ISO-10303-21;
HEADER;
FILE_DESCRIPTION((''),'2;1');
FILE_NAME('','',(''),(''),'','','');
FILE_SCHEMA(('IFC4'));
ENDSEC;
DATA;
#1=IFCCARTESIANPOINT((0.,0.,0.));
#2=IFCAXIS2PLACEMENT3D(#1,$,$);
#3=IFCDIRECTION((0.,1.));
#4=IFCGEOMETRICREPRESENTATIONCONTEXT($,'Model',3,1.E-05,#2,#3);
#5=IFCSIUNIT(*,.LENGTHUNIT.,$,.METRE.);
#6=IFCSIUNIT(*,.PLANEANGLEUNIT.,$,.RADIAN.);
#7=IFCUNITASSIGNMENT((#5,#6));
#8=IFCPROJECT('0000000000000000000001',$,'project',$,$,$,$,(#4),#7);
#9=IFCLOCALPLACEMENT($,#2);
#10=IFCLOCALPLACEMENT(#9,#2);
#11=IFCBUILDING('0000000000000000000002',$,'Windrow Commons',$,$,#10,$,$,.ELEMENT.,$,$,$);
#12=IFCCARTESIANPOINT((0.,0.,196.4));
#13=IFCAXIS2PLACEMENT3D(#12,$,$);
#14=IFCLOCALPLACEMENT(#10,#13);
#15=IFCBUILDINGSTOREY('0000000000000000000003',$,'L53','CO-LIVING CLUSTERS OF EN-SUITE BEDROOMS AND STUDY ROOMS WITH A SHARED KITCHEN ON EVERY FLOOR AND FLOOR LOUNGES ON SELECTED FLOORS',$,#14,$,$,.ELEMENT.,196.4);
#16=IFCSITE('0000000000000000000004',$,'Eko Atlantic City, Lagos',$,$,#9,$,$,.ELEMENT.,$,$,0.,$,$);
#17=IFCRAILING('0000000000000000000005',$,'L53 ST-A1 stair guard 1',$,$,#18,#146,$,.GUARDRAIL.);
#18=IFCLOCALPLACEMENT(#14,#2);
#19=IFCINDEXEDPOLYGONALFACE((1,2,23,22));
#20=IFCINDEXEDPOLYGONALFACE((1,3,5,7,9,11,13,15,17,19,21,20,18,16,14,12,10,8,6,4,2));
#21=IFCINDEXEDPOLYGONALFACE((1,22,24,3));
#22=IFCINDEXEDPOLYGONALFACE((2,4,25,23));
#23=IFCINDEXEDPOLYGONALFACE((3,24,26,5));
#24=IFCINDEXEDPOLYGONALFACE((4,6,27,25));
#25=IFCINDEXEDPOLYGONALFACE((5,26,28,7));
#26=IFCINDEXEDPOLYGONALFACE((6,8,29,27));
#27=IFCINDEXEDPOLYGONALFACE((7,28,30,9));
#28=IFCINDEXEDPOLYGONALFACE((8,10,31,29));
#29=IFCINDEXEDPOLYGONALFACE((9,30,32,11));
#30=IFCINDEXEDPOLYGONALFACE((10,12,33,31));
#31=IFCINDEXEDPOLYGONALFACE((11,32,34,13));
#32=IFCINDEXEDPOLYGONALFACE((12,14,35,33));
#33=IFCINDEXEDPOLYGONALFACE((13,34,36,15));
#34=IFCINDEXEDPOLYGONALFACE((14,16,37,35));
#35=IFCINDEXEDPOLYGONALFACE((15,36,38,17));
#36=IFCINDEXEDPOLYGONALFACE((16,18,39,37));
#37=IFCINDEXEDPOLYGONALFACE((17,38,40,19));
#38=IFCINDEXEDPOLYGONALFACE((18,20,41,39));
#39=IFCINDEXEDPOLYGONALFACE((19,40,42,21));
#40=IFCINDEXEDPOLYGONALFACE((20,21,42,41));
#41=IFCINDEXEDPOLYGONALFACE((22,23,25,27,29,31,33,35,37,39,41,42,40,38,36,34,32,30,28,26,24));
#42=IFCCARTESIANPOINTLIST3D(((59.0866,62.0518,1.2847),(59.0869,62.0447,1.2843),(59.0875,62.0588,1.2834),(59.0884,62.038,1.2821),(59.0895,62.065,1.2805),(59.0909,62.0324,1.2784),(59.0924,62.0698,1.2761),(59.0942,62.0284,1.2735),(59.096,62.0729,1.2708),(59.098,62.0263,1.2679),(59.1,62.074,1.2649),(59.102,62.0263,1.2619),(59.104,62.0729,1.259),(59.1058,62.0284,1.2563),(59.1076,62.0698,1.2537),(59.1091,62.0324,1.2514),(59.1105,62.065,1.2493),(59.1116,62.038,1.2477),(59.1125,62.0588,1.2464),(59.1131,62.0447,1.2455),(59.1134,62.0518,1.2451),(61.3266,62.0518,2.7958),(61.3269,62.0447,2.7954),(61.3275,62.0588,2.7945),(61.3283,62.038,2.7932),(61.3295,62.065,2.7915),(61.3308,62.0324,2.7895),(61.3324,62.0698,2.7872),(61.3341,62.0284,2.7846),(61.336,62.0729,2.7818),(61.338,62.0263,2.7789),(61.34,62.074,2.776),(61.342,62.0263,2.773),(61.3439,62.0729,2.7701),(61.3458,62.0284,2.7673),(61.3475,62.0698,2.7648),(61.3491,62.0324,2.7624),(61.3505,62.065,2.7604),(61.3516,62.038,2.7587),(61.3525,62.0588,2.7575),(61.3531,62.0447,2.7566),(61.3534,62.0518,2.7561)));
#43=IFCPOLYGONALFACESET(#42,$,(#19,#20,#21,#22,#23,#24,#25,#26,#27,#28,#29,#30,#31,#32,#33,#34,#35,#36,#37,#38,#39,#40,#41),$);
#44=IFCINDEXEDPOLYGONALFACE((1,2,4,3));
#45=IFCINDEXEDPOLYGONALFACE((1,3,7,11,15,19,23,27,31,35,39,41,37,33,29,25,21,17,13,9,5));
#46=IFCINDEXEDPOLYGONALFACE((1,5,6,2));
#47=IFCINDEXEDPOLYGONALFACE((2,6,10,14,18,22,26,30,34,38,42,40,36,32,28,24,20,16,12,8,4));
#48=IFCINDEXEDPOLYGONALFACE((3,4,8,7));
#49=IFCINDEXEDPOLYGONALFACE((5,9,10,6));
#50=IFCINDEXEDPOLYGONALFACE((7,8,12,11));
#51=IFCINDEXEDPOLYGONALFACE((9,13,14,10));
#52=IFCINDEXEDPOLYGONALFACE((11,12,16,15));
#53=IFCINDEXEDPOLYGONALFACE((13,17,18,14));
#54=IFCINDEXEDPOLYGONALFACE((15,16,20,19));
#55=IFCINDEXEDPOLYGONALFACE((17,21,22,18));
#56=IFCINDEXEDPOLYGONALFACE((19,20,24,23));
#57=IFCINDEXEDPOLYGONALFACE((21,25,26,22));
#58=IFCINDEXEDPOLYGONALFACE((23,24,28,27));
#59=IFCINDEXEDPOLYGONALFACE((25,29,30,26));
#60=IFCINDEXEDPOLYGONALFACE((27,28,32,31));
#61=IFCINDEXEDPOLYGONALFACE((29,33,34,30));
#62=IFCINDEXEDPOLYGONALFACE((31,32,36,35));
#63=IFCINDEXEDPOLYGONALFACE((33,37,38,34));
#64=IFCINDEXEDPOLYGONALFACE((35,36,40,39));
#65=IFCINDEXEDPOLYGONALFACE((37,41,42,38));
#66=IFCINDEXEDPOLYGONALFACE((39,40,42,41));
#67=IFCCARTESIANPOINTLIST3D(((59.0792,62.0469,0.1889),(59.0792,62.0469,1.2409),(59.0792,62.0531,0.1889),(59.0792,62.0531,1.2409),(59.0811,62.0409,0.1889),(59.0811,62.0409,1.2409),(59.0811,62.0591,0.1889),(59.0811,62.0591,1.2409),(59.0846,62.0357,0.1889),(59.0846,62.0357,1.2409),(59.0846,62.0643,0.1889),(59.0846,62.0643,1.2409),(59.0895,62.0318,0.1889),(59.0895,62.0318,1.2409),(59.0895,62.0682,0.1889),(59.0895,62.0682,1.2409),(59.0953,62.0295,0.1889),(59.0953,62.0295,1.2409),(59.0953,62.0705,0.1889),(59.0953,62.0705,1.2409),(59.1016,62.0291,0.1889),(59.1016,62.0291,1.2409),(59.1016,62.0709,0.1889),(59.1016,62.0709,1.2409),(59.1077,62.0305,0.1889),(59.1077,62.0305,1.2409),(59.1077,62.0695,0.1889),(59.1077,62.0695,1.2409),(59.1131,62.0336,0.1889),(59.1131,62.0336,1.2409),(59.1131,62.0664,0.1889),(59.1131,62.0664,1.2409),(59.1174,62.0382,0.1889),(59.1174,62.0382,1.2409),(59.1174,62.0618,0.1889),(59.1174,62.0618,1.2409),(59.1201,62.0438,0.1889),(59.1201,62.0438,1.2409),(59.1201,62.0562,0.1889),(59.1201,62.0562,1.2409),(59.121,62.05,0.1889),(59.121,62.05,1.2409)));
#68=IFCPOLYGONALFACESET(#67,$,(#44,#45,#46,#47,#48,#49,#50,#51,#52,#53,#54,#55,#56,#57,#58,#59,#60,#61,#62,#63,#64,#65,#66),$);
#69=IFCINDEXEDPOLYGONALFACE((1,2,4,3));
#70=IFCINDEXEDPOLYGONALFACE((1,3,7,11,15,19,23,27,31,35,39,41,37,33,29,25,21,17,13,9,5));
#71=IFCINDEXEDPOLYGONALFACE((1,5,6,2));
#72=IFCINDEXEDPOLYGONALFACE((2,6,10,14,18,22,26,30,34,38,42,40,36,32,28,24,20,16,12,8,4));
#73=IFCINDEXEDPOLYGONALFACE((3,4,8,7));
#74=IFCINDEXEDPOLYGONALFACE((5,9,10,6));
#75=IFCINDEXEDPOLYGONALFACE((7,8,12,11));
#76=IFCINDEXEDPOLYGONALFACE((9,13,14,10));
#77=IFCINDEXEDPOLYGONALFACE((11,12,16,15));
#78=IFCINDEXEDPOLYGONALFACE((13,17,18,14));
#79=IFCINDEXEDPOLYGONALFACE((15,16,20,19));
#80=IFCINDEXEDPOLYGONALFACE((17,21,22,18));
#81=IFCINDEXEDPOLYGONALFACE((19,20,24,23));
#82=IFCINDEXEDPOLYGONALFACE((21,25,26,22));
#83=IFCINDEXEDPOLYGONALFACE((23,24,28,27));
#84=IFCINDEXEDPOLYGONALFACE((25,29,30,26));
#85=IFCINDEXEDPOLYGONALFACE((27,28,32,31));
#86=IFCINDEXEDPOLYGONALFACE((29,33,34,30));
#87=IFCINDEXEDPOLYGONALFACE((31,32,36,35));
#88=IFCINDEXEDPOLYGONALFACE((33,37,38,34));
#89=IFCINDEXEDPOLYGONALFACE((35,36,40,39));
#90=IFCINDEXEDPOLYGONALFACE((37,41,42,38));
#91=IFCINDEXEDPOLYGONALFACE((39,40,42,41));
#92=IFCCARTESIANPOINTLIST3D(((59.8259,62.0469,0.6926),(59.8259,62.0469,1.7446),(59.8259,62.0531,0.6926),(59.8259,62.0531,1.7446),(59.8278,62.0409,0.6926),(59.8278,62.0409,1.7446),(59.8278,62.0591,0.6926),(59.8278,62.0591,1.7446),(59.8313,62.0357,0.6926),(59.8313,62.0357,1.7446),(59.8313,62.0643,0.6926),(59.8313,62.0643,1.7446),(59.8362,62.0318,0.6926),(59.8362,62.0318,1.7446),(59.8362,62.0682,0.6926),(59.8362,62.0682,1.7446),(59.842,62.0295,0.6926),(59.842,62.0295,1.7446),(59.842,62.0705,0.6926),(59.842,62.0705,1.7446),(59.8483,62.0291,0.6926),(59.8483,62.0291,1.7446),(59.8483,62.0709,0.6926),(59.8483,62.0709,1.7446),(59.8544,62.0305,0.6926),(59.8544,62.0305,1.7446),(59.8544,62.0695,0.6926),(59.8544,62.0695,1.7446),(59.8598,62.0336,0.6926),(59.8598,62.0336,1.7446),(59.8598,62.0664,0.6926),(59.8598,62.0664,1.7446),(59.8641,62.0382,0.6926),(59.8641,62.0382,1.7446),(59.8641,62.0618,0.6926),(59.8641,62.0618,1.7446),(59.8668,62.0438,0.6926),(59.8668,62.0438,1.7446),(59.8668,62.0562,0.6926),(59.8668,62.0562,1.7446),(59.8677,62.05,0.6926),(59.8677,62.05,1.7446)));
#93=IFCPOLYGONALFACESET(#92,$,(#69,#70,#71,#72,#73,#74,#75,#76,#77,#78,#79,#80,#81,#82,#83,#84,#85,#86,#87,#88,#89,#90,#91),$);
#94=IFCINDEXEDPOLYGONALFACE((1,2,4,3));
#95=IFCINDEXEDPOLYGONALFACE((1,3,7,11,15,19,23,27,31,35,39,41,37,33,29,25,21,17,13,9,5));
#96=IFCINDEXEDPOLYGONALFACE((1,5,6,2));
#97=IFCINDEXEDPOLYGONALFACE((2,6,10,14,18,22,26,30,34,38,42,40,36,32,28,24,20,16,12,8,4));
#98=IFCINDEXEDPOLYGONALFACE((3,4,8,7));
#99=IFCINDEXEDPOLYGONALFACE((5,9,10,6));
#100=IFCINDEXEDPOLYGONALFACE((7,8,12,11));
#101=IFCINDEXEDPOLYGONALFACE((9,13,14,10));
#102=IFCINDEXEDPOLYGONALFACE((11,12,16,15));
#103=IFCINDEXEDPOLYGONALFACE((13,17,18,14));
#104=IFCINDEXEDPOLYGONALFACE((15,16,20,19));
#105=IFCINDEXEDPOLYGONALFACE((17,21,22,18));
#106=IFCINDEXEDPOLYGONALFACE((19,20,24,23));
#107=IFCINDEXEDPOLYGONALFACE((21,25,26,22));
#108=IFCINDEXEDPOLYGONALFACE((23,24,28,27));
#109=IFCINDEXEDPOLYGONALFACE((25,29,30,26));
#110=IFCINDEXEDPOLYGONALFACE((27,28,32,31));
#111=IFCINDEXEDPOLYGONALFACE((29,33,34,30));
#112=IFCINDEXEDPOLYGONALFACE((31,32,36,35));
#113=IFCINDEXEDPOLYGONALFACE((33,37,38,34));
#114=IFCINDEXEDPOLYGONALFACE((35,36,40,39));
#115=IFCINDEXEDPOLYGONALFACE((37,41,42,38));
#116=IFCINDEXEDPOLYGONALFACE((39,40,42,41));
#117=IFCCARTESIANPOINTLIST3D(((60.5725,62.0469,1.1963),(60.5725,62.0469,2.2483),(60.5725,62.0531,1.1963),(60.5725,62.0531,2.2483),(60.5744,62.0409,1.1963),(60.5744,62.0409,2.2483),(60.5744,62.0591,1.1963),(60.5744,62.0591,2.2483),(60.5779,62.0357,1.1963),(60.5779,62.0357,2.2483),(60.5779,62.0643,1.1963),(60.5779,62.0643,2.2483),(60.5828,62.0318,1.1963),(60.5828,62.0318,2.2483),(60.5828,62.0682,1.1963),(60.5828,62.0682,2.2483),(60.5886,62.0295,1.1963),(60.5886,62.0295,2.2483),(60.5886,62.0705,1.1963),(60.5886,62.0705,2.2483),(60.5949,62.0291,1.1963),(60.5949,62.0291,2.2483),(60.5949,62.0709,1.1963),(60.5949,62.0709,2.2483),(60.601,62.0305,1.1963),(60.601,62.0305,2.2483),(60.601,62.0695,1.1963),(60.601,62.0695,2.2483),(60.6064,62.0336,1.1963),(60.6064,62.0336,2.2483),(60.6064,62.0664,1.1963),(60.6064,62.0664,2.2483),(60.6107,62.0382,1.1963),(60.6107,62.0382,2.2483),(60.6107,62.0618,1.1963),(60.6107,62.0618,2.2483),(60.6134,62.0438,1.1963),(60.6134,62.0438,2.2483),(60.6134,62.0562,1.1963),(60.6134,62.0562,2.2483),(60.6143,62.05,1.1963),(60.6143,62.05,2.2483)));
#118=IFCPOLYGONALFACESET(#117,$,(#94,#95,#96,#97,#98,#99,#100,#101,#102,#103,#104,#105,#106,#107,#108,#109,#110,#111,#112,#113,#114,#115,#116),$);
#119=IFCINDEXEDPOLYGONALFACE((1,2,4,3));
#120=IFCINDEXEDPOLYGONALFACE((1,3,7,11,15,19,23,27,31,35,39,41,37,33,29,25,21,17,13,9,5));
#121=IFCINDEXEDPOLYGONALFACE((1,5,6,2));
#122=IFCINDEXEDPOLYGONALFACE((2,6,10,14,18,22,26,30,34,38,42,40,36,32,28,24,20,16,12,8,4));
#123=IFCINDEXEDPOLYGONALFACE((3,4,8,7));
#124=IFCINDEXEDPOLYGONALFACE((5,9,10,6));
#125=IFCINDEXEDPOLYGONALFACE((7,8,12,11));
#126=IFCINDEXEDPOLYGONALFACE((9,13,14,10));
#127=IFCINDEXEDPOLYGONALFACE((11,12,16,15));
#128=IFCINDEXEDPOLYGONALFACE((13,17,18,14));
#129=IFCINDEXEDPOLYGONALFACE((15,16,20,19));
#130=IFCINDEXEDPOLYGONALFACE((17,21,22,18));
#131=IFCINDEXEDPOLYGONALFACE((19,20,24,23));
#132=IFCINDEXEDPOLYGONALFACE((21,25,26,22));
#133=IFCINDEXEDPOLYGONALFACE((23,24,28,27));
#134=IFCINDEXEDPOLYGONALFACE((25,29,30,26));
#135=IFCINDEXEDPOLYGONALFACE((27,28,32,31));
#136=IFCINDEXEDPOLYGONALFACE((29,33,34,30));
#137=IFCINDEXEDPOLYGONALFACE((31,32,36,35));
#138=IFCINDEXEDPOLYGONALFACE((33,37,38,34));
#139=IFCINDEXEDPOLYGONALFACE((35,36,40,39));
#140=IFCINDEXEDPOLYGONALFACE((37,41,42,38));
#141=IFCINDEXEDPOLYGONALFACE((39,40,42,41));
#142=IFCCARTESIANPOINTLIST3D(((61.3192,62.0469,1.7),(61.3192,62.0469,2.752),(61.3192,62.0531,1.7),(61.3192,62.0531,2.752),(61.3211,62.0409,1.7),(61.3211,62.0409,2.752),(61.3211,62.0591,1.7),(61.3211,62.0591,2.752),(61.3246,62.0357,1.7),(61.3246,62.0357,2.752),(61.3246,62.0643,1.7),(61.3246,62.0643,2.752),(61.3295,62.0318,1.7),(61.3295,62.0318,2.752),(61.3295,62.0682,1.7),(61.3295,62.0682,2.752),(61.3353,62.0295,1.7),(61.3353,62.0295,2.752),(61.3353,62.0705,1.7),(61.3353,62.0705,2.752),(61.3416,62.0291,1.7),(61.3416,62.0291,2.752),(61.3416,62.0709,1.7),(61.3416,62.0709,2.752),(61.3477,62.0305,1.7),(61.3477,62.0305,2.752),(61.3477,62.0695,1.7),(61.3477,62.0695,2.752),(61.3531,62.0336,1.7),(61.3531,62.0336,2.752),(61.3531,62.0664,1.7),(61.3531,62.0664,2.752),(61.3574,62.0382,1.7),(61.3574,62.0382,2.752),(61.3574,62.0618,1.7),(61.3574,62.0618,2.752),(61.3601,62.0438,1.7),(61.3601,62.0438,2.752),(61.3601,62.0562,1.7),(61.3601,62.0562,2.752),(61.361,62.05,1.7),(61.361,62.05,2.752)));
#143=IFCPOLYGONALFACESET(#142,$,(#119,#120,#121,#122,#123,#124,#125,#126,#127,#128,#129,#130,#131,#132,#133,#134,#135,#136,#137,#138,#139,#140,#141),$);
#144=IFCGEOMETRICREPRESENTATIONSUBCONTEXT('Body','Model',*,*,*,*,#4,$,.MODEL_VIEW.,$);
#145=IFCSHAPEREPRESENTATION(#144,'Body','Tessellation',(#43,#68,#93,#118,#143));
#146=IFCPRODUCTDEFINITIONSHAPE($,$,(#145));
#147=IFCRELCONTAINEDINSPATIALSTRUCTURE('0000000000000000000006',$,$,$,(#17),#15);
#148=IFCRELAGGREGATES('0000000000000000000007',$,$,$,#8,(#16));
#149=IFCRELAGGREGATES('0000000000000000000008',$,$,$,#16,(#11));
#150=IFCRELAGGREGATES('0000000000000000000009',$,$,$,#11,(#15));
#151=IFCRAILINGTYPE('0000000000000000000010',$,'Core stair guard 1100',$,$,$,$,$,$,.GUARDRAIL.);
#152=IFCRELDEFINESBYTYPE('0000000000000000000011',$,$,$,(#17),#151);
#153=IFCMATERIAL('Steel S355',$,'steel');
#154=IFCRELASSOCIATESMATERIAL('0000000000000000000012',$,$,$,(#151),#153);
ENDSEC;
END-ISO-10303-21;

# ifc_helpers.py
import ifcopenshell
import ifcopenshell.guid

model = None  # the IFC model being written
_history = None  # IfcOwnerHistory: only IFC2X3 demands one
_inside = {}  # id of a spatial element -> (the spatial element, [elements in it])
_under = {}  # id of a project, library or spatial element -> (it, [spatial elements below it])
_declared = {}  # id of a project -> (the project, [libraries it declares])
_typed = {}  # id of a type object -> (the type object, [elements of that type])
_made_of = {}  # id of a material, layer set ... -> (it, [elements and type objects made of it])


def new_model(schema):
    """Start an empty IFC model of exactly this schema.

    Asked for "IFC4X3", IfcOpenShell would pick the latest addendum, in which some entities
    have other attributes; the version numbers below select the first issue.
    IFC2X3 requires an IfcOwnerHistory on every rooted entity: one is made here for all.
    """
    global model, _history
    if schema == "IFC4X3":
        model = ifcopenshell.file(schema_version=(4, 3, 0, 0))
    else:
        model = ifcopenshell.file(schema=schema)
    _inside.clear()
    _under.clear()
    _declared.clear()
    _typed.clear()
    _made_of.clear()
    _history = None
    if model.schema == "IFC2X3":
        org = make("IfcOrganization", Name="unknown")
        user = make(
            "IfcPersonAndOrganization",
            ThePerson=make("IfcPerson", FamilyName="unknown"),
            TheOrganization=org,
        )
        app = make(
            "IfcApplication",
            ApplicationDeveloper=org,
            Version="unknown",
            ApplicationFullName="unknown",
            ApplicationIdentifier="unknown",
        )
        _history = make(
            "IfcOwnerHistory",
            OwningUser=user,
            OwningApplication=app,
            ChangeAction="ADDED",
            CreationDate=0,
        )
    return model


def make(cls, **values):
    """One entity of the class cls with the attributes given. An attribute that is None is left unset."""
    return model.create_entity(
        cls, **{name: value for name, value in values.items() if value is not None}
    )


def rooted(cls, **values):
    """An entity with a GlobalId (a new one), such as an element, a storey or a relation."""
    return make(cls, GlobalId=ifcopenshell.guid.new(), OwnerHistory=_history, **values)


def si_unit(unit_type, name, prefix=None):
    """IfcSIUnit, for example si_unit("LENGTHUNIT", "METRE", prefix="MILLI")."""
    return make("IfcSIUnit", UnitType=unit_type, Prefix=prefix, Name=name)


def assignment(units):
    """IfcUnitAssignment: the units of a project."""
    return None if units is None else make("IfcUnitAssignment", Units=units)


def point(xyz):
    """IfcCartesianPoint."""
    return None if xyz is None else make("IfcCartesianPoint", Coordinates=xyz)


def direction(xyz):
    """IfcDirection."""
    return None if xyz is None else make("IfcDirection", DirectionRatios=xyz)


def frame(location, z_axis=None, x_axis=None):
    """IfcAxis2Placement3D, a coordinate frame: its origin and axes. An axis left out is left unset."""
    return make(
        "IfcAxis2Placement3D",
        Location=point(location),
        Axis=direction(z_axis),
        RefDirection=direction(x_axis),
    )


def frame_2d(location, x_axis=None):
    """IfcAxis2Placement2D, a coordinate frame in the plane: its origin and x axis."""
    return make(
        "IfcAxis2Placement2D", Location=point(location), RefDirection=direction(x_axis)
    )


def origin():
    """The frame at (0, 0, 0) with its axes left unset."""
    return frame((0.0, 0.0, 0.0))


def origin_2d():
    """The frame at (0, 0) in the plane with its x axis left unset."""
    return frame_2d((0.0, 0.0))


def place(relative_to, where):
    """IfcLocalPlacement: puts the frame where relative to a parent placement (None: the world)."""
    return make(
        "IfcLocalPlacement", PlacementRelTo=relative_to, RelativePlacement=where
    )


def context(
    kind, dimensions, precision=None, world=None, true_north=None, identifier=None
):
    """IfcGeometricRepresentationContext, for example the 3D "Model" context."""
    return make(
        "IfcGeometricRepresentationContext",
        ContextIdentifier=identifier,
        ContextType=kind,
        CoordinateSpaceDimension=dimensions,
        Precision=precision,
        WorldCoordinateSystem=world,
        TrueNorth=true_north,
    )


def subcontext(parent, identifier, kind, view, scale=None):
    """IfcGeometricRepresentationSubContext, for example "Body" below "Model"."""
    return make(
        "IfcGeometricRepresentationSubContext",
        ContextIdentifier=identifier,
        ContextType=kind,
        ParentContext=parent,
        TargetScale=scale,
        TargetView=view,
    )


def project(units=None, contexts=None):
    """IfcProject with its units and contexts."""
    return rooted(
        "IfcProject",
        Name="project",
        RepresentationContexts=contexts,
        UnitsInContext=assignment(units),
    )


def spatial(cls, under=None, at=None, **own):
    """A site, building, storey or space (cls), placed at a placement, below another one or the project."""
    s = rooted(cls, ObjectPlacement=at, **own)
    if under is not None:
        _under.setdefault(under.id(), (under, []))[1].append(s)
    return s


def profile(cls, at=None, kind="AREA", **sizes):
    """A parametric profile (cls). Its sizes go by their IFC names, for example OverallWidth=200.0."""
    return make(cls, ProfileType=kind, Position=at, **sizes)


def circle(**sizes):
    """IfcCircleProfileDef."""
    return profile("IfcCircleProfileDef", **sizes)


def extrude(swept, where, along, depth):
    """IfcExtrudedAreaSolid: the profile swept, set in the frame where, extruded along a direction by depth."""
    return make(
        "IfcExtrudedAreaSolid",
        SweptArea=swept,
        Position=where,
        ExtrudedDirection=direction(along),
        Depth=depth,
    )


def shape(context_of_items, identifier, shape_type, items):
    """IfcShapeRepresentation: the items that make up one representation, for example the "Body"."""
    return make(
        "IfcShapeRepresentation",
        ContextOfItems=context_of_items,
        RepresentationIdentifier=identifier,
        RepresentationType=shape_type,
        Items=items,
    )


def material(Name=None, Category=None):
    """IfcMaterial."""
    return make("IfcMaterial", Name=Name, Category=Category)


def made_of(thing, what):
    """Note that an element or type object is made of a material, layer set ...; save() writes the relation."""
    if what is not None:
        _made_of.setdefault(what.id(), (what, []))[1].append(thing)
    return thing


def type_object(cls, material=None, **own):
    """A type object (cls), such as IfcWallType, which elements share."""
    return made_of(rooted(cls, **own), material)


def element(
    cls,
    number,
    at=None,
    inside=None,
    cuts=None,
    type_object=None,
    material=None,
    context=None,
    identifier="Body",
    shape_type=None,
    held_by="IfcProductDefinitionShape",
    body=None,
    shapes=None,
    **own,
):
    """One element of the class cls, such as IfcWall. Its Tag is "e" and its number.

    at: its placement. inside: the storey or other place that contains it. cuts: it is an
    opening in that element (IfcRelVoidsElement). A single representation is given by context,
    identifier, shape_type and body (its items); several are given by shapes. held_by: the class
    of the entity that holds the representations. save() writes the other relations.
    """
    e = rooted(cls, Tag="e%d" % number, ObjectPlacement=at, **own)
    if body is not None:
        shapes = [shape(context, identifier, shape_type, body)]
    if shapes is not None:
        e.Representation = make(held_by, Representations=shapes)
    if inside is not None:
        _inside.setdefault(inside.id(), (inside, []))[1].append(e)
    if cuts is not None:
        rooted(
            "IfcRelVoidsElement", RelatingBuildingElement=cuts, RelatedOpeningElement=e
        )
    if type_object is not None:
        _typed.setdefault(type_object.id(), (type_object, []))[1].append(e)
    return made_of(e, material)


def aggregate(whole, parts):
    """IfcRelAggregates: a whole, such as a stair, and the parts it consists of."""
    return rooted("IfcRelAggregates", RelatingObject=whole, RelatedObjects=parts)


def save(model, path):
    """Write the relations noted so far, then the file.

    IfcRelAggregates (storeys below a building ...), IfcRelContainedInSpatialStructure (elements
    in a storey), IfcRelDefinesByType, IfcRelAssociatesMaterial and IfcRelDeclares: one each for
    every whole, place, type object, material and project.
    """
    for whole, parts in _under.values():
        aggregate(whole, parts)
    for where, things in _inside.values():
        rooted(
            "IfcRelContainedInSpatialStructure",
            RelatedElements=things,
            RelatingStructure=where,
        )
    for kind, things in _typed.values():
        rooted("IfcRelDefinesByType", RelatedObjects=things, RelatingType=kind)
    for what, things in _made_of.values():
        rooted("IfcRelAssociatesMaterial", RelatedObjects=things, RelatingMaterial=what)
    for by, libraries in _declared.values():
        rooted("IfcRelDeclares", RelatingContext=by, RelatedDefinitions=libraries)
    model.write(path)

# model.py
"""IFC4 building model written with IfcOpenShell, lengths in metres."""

from ifc_helpers import new_model, si_unit, direction, frame, origin, origin_2d, place, context, subcontext, project, spatial, circle, extrude, material, type_object, element, save


model = new_model("IFC4")

# Units and contexts
model_context = context("Model", 3, precision=1e-05, world=origin(), true_north=direction((0.0, 1.0)))
body_context = subcontext(model_context, "Body", "Model", "MODEL_VIEW")
ifc_project = project(units=[si_unit("LENGTHUNIT", "METRE"), si_unit("PLANEANGLEUNIT", "RADIAN")], contexts=[model_context])

# Site, building, storey
site_placement = place(None, origin())
site = spatial("IfcSite", under=ifc_project, at=site_placement, Name="Eko Atlantic City, Lagos", CompositionType="ELEMENT", RefElevation=0.0)
building_placement = place(site_placement, origin())
building = spatial("IfcBuilding", under=site, at=building_placement, Name="Windrow Commons", CompositionType="ELEMENT")
storey_placement = place(building_placement, frame((0.0, 0.0, 196.4)))
storey = spatial("IfcBuildingStorey", under=building, at=storey_placement, Name="L53", Description="CO-LIVING CLUSTERS OF EN-SUITE BEDROOMS AND STUDY ROOMS WITH A SHARED KITCHEN ON EVERY FLOOR AND FLOOR LOUNGES ON SELECTED FLOORS", CompositionType="ELEMENT", Elevation=196.4)

# Railing
ifc_material_1 = material(Name="Steel S355", Category="steel")
railing_type_1 = type_object("IfcRailingType", Name="Core stair guard 1100", PredefinedType="GUARDRAIL", material=ifc_material_1)
railing_1_placement = place(storey_placement, frame((59.1, 62.05, 0.1889)))
element("IfcRailing", 1, at=railing_1_placement, inside=storey, type_object=railing_type_1, Name="L53 ST-A1 stair guard 1", PredefinedType="GUARDRAIL", context=body_context, shape_type="SweptSolid", body=[
    extrude(circle(Radius=0.024, at=origin_2d()), frame((0.0, 0.0, 1.076), z_axis=(0.829003, 0.0, 0.559244), x_axis=(0.0, 1.0, 0.0)), (0.0, 0.0, 1.0), 2.702),
    extrude(circle(Radius=0.021, at=origin_2d()), origin(), (0.0, 0.0, 1.0), 1.052),
    extrude(circle(Radius=0.021, at=origin_2d()), frame((0.7467, 0.0, 0.5037)), (0.0, 0.0, 1.0), 1.052),
    extrude(circle(Radius=0.021, at=origin_2d()), frame((1.4933, 0.0, 1.0074)), (0.0, 0.0, 1.0), 1.052),
    extrude(circle(Radius=0.021, at=origin_2d()), frame((2.24, 0.0, 1.5111)), (0.0, 0.0, 1.0), 1.052),
])

save(model, "model.ifc")
